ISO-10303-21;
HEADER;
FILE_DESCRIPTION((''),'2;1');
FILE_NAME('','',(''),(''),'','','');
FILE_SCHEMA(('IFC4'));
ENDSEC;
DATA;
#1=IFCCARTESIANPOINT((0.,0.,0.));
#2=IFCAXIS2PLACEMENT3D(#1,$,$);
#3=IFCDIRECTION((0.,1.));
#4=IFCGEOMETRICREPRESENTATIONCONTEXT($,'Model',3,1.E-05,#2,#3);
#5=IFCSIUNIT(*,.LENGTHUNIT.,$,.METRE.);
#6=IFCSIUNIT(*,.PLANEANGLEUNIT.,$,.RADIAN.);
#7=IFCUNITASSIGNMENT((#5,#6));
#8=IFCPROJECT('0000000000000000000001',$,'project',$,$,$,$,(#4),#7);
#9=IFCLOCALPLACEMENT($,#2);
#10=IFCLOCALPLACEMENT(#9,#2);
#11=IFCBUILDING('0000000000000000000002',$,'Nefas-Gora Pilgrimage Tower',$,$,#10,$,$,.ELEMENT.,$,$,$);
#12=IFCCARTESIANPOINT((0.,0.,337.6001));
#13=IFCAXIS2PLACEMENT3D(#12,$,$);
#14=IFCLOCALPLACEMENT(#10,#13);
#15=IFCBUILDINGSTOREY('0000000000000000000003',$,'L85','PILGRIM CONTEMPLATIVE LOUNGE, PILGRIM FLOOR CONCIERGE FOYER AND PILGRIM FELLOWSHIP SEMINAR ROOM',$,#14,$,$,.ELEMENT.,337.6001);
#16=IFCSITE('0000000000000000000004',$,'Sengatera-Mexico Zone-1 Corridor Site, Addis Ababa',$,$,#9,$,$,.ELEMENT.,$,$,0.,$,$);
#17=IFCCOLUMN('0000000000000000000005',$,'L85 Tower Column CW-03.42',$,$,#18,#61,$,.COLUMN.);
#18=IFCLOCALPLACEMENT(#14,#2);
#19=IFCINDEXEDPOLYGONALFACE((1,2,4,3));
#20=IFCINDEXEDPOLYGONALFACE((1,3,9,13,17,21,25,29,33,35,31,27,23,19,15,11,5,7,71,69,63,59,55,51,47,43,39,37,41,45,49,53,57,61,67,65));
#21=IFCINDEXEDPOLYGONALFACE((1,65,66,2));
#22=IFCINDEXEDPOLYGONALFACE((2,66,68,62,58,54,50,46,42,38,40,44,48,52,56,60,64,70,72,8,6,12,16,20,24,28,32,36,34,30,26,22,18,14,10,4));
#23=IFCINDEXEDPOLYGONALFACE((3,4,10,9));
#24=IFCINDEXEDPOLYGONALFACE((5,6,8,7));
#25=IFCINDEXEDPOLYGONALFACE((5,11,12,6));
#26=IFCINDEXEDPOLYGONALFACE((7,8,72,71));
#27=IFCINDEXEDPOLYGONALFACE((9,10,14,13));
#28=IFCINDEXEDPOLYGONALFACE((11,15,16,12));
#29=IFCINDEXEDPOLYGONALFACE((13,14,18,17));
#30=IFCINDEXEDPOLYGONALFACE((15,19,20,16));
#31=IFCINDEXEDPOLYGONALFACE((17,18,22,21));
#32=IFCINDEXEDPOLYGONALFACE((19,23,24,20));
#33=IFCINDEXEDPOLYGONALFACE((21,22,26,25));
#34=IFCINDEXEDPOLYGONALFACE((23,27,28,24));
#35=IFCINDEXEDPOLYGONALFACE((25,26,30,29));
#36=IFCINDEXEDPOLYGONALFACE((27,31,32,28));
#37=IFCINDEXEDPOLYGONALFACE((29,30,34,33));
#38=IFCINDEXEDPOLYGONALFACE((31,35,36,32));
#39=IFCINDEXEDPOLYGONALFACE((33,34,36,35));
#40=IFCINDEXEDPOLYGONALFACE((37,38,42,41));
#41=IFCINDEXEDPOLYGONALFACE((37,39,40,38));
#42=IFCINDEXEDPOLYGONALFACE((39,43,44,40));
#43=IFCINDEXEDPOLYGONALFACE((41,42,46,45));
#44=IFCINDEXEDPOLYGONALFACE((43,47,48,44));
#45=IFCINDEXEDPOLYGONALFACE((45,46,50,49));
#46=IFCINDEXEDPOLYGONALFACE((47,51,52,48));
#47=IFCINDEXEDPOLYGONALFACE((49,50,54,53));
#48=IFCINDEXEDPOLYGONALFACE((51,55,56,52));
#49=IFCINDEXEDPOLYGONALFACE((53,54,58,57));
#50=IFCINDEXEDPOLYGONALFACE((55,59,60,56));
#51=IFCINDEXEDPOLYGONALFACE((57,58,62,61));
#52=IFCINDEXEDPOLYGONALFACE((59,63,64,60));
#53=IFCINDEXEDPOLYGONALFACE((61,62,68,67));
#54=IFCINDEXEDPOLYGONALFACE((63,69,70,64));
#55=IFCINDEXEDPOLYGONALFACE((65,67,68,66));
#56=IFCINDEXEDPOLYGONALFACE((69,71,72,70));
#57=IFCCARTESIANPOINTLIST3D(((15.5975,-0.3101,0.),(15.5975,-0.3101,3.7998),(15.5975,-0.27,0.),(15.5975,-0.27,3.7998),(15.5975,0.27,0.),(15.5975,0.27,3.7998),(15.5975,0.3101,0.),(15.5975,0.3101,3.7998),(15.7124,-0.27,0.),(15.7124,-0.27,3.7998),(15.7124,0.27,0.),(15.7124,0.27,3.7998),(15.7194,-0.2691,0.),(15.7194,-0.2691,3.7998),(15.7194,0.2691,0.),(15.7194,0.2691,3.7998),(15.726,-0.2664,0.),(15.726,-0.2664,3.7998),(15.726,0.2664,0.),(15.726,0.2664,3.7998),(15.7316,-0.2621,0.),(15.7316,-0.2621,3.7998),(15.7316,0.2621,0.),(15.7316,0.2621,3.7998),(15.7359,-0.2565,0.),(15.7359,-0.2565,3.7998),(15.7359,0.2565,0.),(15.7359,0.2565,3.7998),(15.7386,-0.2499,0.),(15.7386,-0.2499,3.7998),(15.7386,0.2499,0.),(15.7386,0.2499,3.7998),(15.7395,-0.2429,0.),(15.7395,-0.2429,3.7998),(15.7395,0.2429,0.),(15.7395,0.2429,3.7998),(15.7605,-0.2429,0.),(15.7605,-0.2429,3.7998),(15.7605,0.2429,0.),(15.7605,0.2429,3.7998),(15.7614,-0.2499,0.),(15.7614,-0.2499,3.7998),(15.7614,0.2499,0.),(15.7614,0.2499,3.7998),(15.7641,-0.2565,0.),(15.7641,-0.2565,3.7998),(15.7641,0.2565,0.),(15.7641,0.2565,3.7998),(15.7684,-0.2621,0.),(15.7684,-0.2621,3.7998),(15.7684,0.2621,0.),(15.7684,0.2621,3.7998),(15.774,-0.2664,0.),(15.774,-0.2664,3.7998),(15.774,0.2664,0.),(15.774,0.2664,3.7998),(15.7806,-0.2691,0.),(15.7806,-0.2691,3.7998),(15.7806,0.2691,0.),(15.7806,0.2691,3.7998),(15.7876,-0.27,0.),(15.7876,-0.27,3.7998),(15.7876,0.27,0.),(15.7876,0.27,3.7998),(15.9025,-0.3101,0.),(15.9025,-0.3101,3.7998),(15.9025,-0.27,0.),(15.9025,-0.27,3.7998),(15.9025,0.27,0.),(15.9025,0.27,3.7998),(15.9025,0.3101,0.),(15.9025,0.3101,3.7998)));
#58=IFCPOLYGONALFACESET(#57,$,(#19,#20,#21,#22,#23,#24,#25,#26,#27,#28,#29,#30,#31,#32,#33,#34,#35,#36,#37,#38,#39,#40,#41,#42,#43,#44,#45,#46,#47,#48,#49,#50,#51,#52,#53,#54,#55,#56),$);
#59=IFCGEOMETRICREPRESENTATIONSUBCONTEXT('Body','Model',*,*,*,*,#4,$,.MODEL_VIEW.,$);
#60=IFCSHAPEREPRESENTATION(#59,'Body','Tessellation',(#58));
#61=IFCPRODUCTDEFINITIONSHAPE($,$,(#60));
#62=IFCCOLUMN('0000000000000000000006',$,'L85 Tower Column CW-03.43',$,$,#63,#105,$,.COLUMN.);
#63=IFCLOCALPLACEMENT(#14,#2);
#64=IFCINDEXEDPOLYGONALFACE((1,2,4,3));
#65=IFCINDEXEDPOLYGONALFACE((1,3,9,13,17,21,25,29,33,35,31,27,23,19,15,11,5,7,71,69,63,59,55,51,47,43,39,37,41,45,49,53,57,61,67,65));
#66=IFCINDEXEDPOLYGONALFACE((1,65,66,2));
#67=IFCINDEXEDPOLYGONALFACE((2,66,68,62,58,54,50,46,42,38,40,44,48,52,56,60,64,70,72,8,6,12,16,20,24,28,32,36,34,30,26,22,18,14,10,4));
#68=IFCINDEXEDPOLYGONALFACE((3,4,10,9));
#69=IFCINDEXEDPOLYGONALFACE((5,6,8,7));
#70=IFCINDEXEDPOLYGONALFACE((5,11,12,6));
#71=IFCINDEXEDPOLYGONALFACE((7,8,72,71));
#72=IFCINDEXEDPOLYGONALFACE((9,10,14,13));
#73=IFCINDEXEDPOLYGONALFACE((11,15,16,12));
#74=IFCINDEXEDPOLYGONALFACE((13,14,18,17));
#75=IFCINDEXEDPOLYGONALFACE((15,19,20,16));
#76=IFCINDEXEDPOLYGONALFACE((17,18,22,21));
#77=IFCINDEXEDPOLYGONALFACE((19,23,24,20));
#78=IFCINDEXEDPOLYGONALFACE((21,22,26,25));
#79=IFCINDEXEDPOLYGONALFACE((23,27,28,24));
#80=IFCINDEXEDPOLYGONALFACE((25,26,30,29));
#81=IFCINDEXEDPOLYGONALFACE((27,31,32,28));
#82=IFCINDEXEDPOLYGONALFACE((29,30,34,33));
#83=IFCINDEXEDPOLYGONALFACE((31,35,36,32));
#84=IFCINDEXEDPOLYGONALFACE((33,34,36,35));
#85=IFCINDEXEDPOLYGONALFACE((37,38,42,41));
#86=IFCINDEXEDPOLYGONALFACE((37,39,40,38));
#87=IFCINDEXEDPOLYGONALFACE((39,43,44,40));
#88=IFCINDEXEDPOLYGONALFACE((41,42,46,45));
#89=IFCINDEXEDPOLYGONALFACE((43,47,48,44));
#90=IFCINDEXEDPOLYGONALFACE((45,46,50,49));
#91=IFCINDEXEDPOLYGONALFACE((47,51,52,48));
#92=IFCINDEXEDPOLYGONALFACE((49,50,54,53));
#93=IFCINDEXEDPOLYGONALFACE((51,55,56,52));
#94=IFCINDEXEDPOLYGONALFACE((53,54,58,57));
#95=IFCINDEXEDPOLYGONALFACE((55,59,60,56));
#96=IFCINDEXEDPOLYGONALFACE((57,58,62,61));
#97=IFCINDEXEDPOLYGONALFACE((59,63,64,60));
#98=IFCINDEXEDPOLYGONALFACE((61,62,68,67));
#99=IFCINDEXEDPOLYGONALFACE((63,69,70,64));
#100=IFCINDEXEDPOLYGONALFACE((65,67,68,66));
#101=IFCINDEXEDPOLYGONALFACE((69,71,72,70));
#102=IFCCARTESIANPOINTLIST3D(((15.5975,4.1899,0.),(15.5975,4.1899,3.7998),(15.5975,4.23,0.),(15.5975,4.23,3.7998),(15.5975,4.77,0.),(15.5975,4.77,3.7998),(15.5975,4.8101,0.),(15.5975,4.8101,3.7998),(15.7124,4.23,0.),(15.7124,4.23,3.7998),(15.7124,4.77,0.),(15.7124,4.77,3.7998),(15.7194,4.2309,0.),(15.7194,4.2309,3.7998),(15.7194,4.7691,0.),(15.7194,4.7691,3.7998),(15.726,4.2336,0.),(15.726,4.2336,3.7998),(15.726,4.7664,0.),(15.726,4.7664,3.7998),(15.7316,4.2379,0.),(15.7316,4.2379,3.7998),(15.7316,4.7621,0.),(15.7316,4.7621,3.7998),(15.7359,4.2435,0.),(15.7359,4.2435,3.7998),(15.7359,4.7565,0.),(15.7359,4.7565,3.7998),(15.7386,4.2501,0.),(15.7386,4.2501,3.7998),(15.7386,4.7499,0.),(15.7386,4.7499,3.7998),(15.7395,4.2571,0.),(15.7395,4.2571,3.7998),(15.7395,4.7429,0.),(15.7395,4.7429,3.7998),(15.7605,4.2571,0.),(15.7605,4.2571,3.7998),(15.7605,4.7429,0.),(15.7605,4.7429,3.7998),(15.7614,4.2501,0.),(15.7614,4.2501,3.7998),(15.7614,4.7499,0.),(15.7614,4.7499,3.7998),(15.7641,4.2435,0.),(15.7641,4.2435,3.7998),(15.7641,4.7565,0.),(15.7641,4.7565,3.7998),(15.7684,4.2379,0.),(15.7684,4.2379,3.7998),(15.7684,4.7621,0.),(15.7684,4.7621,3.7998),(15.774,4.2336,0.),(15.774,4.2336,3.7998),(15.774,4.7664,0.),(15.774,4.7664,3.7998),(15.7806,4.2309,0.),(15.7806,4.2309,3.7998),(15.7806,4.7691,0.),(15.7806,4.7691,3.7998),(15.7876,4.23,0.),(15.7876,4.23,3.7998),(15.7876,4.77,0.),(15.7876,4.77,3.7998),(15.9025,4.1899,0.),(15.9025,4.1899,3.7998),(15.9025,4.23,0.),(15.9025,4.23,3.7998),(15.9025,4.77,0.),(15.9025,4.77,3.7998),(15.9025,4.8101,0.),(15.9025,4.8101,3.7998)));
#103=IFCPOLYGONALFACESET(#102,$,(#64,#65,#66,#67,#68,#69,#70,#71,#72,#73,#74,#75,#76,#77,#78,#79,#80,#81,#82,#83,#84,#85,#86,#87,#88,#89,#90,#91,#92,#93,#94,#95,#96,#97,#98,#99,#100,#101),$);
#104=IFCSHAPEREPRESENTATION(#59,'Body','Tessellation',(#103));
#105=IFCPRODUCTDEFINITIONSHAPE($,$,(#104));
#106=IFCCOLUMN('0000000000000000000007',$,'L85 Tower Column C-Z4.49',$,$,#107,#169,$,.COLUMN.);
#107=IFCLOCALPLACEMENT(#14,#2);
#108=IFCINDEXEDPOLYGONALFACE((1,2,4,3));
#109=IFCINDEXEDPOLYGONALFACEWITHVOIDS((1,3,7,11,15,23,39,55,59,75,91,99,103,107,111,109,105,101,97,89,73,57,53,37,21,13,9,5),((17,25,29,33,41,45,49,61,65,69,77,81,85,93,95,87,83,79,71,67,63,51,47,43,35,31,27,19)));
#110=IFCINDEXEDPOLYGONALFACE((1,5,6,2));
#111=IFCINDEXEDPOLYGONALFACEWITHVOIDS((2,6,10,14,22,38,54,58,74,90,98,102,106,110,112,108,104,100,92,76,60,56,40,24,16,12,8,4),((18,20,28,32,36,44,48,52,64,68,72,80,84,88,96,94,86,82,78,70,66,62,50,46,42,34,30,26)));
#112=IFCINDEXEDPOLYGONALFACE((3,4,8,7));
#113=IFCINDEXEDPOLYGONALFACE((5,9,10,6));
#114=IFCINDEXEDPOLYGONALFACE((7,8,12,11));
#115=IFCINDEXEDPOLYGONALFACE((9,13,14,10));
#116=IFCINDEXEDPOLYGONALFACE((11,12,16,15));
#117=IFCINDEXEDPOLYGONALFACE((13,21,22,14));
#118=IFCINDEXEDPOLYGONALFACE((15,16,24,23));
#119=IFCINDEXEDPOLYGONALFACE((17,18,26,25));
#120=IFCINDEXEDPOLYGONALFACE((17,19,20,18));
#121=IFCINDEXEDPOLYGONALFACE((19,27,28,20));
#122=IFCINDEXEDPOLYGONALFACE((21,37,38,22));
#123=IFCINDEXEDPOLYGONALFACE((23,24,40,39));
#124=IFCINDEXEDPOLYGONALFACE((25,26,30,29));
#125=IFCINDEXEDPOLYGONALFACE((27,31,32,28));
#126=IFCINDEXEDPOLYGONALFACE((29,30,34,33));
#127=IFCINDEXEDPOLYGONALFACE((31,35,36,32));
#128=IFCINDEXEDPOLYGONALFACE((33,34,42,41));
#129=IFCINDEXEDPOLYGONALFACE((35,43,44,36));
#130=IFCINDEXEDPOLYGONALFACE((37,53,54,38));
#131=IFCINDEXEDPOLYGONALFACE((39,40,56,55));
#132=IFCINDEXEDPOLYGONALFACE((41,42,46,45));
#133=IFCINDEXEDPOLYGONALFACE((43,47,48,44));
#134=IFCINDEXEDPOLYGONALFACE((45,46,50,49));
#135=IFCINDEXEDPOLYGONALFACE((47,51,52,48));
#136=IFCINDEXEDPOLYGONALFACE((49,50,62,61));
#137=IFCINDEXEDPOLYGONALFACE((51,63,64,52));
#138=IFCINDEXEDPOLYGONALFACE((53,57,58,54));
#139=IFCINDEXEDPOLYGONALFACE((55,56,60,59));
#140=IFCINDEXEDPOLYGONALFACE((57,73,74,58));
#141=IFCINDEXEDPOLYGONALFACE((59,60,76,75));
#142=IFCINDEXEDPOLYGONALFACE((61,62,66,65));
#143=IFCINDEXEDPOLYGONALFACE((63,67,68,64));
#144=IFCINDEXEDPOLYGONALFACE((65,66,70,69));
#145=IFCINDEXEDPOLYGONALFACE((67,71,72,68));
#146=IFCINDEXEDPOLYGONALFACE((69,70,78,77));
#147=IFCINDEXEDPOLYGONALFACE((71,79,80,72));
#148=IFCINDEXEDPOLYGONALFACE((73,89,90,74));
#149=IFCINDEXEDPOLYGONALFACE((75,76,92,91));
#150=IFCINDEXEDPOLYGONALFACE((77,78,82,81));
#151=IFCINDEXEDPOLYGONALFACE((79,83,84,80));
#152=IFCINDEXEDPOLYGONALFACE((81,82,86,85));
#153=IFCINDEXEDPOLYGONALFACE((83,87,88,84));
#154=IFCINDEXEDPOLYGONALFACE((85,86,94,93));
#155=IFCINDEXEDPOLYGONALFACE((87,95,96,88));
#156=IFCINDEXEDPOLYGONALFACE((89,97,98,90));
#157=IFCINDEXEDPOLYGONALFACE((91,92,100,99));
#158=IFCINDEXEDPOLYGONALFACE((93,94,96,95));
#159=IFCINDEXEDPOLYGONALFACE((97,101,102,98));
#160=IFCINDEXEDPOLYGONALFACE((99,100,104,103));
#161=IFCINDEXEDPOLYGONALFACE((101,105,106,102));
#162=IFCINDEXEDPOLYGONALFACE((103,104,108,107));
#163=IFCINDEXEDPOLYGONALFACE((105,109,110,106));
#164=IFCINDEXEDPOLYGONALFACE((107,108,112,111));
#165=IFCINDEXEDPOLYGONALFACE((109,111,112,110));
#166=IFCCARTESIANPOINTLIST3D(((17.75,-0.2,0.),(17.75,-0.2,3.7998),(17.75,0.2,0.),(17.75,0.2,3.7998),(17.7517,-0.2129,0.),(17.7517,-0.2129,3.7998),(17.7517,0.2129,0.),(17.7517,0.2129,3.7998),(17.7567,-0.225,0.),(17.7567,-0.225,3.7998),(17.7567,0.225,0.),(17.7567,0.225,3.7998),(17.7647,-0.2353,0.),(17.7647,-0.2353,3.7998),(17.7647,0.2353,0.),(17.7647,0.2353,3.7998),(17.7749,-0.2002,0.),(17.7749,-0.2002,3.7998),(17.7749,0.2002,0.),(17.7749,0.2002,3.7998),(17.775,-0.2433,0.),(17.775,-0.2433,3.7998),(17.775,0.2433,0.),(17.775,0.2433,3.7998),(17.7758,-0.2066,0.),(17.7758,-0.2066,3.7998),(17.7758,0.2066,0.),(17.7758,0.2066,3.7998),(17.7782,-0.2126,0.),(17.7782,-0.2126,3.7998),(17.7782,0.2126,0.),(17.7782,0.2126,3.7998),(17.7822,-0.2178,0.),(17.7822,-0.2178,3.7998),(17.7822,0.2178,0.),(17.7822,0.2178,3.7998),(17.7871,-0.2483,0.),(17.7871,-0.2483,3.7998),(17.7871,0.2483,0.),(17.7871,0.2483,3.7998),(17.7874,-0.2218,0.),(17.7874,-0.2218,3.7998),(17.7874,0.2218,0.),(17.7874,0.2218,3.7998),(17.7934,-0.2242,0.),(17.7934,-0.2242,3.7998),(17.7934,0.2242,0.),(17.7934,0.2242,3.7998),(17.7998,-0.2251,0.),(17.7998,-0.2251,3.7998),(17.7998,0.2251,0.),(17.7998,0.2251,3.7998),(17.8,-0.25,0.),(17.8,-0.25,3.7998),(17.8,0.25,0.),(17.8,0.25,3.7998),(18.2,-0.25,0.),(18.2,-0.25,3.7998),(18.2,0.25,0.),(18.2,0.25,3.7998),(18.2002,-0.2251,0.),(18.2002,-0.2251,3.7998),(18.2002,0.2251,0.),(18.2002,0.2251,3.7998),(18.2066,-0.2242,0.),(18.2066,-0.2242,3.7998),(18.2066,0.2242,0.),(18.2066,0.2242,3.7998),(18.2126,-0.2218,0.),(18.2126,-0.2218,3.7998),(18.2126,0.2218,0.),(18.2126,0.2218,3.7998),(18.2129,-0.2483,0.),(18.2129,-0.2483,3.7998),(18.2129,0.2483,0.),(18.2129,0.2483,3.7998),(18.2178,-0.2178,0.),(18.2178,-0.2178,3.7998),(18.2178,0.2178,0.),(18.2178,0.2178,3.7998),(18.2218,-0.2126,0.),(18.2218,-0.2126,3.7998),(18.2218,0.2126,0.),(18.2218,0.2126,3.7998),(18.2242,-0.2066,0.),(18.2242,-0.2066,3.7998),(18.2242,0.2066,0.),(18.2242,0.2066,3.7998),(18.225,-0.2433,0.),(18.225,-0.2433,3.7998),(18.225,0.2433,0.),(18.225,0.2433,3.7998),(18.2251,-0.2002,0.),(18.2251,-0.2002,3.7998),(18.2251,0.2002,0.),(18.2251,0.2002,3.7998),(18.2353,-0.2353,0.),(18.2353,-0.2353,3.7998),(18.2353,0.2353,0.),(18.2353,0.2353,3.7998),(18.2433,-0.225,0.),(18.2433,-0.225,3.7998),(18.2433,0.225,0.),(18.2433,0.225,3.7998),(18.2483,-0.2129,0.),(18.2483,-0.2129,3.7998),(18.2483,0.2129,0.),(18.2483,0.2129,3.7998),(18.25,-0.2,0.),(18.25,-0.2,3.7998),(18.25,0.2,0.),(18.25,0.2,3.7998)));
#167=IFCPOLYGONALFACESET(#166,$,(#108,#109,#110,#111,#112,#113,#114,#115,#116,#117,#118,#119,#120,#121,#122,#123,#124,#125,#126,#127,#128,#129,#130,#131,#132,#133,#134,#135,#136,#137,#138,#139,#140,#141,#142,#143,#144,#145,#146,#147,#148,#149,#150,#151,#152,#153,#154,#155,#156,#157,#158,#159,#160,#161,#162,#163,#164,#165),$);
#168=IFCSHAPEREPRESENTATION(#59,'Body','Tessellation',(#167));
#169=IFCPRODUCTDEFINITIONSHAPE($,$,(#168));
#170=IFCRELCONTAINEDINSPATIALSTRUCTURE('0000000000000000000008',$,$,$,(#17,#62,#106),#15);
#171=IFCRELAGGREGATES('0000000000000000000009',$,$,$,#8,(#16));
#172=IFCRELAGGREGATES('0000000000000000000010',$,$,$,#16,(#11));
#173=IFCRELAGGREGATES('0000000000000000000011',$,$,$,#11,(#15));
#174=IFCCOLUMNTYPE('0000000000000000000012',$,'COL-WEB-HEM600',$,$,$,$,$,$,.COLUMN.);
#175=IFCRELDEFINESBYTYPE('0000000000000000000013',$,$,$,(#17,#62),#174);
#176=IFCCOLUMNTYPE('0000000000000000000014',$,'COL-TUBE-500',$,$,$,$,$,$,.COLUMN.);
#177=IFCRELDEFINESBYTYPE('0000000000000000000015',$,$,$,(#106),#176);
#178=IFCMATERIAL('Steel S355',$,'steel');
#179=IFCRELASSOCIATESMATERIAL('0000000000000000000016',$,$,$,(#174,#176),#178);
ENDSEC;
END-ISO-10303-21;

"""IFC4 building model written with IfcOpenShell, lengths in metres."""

from ifc_helpers import new_model, si_unit, direction, frame, origin, origin_2d, place, context, subcontext, project, spatial, hollow_rectangle, i_section, extrude, source, transform, mapped, material, material_profile, profile_set, type_object, element, save


model = new_model("IFC4")

# Units and contexts
model_context = context("Model", 3, precision=1e-05, world=origin(), true_north=direction((0.0, 1.0)))
body_context = subcontext(model_context, "Body", "Model", "MODEL_VIEW")
ifc_project = project(units=[si_unit("LENGTHUNIT", "METRE"), si_unit("PLANEANGLEUNIT", "RADIAN")], contexts=[model_context])

# Site, building, storey
site_placement = place(None, origin())
site = spatial("IfcSite", under=ifc_project, at=site_placement, Name="Sengatera-Mexico Zone-1 Corridor Site, Addis Ababa", CompositionType="ELEMENT", RefElevation=0.0)
building_placement = place(site_placement, origin())
building = spatial("IfcBuilding", under=site, at=building_placement, Name="Nefas-Gora Pilgrimage Tower", CompositionType="ELEMENT")
storey_placement = place(building_placement, frame((0.0, 0.0, 337.6001)))
storey = spatial("IfcBuildingStorey", under=building, at=storey_placement, Name="L85", Description="PILGRIM CONTEMPLATIVE LOUNGE, PILGRIM FLOOR CONCIERGE FOYER AND PILGRIM FELLOWSHIP SEMINAR ROOM", CompositionType="ELEMENT", Elevation=337.6001)

# Columns
ifc_material_1 = material(Name="Steel S355", Category="steel")
ifc_material_profile_1 = material_profile(ifc_material_1, i_section(OverallWidth=0.3049, OverallDepth=0.6201, WebThickness=0.021, FlangeThickness=0.04, FilletRadius=0.0271, at=origin_2d()), Name="HEM 600")
ifc_profile_set_1 = profile_set([ifc_material_profile_1], Name="Steel S355")
column_type_1 = type_object("IfcColumnType", Name="COL-WEB-HEM600", PredefinedType="COLUMN", material=ifc_profile_set_1)
shared_shape_1 = source(origin(), body_context, "Body", "SweptSolid", [
    extrude(i_section(OverallWidth=0.3049, OverallDepth=0.6201, WebThickness=0.021, FlangeThickness=0.04, FilletRadius=0.0271, at=origin_2d()), origin(), (0.0, 0.0, 1.0), 3.7998),
])
for number, where, z_axis, x_axis, name in (
    (1, (15.75, 0.0, 0.0), (0.0, 0.0, 1.0), (1.0, 0.0, 0.0), "L85 Tower Column CW-03.42"),
    (2, (15.75, 4.5, 0.0), (0.0, 0.0, 1.0), (1.0, 0.0, 0.0), "L85 Tower Column CW-03.43"),
):
    element("IfcColumn", number, at=place(storey_placement, frame(where, z_axis=z_axis, x_axis=x_axis)), inside=storey, type_object=column_type_1, Name=name, PredefinedType="COLUMN", context=body_context, shape_type="MappedRepresentation", body=[
        mapped(shared_shape_1, transform((0.0, 0.0, 0.0), x_axis=(1.0, 0.0, 0.0), y_axis=(0.0, 1.0, 0.0), z_axis=(0.0, 0.0, 1.0), scale=1.0)),
    ])
ifc_material_profile_2 = material_profile(ifc_material_1, hollow_rectangle(XDim=0.5, YDim=0.5, WallThickness=0.0249, InnerFilletRadius=0.0249, OuterFilletRadius=0.05, at=origin_2d()), Name="SHS 500x500x25")
ifc_profile_set_2 = profile_set([ifc_material_profile_2], Name="Steel S355")
column_type_2 = type_object("IfcColumnType", Name="COL-TUBE-500", PredefinedType="COLUMN", material=ifc_profile_set_2)
shared_shape_2 = source(origin(), body_context, "Body", "SweptSolid", [
    extrude(hollow_rectangle(XDim=0.5, YDim=0.5, WallThickness=0.0249, InnerFilletRadius=0.0249, OuterFilletRadius=0.05, at=origin_2d()), origin(), (0.0, 0.0, 1.0), 3.7998),
])
for number, where, z_axis, x_axis, name in (
    (3, (18.0, 0.0, 0.0), (0.0, 0.0, 1.0), (1.0, 0.0, 0.0), "L85 Tower Column C-Z4.49"),
):
    element("IfcColumn", number, at=place(storey_placement, frame(where, z_axis=z_axis, x_axis=x_axis)), inside=storey, type_object=column_type_2, Name=name, PredefinedType="COLUMN", context=body_context, shape_type="MappedRepresentation", body=[
        mapped(shared_shape_2, transform((0.0, 0.0, 0.0), x_axis=(1.0, 0.0, 0.0), y_axis=(0.0, 1.0, 0.0), z_axis=(0.0, 0.0, 1.0), scale=1.0)),
    ])

save(model, "model.ifc")
